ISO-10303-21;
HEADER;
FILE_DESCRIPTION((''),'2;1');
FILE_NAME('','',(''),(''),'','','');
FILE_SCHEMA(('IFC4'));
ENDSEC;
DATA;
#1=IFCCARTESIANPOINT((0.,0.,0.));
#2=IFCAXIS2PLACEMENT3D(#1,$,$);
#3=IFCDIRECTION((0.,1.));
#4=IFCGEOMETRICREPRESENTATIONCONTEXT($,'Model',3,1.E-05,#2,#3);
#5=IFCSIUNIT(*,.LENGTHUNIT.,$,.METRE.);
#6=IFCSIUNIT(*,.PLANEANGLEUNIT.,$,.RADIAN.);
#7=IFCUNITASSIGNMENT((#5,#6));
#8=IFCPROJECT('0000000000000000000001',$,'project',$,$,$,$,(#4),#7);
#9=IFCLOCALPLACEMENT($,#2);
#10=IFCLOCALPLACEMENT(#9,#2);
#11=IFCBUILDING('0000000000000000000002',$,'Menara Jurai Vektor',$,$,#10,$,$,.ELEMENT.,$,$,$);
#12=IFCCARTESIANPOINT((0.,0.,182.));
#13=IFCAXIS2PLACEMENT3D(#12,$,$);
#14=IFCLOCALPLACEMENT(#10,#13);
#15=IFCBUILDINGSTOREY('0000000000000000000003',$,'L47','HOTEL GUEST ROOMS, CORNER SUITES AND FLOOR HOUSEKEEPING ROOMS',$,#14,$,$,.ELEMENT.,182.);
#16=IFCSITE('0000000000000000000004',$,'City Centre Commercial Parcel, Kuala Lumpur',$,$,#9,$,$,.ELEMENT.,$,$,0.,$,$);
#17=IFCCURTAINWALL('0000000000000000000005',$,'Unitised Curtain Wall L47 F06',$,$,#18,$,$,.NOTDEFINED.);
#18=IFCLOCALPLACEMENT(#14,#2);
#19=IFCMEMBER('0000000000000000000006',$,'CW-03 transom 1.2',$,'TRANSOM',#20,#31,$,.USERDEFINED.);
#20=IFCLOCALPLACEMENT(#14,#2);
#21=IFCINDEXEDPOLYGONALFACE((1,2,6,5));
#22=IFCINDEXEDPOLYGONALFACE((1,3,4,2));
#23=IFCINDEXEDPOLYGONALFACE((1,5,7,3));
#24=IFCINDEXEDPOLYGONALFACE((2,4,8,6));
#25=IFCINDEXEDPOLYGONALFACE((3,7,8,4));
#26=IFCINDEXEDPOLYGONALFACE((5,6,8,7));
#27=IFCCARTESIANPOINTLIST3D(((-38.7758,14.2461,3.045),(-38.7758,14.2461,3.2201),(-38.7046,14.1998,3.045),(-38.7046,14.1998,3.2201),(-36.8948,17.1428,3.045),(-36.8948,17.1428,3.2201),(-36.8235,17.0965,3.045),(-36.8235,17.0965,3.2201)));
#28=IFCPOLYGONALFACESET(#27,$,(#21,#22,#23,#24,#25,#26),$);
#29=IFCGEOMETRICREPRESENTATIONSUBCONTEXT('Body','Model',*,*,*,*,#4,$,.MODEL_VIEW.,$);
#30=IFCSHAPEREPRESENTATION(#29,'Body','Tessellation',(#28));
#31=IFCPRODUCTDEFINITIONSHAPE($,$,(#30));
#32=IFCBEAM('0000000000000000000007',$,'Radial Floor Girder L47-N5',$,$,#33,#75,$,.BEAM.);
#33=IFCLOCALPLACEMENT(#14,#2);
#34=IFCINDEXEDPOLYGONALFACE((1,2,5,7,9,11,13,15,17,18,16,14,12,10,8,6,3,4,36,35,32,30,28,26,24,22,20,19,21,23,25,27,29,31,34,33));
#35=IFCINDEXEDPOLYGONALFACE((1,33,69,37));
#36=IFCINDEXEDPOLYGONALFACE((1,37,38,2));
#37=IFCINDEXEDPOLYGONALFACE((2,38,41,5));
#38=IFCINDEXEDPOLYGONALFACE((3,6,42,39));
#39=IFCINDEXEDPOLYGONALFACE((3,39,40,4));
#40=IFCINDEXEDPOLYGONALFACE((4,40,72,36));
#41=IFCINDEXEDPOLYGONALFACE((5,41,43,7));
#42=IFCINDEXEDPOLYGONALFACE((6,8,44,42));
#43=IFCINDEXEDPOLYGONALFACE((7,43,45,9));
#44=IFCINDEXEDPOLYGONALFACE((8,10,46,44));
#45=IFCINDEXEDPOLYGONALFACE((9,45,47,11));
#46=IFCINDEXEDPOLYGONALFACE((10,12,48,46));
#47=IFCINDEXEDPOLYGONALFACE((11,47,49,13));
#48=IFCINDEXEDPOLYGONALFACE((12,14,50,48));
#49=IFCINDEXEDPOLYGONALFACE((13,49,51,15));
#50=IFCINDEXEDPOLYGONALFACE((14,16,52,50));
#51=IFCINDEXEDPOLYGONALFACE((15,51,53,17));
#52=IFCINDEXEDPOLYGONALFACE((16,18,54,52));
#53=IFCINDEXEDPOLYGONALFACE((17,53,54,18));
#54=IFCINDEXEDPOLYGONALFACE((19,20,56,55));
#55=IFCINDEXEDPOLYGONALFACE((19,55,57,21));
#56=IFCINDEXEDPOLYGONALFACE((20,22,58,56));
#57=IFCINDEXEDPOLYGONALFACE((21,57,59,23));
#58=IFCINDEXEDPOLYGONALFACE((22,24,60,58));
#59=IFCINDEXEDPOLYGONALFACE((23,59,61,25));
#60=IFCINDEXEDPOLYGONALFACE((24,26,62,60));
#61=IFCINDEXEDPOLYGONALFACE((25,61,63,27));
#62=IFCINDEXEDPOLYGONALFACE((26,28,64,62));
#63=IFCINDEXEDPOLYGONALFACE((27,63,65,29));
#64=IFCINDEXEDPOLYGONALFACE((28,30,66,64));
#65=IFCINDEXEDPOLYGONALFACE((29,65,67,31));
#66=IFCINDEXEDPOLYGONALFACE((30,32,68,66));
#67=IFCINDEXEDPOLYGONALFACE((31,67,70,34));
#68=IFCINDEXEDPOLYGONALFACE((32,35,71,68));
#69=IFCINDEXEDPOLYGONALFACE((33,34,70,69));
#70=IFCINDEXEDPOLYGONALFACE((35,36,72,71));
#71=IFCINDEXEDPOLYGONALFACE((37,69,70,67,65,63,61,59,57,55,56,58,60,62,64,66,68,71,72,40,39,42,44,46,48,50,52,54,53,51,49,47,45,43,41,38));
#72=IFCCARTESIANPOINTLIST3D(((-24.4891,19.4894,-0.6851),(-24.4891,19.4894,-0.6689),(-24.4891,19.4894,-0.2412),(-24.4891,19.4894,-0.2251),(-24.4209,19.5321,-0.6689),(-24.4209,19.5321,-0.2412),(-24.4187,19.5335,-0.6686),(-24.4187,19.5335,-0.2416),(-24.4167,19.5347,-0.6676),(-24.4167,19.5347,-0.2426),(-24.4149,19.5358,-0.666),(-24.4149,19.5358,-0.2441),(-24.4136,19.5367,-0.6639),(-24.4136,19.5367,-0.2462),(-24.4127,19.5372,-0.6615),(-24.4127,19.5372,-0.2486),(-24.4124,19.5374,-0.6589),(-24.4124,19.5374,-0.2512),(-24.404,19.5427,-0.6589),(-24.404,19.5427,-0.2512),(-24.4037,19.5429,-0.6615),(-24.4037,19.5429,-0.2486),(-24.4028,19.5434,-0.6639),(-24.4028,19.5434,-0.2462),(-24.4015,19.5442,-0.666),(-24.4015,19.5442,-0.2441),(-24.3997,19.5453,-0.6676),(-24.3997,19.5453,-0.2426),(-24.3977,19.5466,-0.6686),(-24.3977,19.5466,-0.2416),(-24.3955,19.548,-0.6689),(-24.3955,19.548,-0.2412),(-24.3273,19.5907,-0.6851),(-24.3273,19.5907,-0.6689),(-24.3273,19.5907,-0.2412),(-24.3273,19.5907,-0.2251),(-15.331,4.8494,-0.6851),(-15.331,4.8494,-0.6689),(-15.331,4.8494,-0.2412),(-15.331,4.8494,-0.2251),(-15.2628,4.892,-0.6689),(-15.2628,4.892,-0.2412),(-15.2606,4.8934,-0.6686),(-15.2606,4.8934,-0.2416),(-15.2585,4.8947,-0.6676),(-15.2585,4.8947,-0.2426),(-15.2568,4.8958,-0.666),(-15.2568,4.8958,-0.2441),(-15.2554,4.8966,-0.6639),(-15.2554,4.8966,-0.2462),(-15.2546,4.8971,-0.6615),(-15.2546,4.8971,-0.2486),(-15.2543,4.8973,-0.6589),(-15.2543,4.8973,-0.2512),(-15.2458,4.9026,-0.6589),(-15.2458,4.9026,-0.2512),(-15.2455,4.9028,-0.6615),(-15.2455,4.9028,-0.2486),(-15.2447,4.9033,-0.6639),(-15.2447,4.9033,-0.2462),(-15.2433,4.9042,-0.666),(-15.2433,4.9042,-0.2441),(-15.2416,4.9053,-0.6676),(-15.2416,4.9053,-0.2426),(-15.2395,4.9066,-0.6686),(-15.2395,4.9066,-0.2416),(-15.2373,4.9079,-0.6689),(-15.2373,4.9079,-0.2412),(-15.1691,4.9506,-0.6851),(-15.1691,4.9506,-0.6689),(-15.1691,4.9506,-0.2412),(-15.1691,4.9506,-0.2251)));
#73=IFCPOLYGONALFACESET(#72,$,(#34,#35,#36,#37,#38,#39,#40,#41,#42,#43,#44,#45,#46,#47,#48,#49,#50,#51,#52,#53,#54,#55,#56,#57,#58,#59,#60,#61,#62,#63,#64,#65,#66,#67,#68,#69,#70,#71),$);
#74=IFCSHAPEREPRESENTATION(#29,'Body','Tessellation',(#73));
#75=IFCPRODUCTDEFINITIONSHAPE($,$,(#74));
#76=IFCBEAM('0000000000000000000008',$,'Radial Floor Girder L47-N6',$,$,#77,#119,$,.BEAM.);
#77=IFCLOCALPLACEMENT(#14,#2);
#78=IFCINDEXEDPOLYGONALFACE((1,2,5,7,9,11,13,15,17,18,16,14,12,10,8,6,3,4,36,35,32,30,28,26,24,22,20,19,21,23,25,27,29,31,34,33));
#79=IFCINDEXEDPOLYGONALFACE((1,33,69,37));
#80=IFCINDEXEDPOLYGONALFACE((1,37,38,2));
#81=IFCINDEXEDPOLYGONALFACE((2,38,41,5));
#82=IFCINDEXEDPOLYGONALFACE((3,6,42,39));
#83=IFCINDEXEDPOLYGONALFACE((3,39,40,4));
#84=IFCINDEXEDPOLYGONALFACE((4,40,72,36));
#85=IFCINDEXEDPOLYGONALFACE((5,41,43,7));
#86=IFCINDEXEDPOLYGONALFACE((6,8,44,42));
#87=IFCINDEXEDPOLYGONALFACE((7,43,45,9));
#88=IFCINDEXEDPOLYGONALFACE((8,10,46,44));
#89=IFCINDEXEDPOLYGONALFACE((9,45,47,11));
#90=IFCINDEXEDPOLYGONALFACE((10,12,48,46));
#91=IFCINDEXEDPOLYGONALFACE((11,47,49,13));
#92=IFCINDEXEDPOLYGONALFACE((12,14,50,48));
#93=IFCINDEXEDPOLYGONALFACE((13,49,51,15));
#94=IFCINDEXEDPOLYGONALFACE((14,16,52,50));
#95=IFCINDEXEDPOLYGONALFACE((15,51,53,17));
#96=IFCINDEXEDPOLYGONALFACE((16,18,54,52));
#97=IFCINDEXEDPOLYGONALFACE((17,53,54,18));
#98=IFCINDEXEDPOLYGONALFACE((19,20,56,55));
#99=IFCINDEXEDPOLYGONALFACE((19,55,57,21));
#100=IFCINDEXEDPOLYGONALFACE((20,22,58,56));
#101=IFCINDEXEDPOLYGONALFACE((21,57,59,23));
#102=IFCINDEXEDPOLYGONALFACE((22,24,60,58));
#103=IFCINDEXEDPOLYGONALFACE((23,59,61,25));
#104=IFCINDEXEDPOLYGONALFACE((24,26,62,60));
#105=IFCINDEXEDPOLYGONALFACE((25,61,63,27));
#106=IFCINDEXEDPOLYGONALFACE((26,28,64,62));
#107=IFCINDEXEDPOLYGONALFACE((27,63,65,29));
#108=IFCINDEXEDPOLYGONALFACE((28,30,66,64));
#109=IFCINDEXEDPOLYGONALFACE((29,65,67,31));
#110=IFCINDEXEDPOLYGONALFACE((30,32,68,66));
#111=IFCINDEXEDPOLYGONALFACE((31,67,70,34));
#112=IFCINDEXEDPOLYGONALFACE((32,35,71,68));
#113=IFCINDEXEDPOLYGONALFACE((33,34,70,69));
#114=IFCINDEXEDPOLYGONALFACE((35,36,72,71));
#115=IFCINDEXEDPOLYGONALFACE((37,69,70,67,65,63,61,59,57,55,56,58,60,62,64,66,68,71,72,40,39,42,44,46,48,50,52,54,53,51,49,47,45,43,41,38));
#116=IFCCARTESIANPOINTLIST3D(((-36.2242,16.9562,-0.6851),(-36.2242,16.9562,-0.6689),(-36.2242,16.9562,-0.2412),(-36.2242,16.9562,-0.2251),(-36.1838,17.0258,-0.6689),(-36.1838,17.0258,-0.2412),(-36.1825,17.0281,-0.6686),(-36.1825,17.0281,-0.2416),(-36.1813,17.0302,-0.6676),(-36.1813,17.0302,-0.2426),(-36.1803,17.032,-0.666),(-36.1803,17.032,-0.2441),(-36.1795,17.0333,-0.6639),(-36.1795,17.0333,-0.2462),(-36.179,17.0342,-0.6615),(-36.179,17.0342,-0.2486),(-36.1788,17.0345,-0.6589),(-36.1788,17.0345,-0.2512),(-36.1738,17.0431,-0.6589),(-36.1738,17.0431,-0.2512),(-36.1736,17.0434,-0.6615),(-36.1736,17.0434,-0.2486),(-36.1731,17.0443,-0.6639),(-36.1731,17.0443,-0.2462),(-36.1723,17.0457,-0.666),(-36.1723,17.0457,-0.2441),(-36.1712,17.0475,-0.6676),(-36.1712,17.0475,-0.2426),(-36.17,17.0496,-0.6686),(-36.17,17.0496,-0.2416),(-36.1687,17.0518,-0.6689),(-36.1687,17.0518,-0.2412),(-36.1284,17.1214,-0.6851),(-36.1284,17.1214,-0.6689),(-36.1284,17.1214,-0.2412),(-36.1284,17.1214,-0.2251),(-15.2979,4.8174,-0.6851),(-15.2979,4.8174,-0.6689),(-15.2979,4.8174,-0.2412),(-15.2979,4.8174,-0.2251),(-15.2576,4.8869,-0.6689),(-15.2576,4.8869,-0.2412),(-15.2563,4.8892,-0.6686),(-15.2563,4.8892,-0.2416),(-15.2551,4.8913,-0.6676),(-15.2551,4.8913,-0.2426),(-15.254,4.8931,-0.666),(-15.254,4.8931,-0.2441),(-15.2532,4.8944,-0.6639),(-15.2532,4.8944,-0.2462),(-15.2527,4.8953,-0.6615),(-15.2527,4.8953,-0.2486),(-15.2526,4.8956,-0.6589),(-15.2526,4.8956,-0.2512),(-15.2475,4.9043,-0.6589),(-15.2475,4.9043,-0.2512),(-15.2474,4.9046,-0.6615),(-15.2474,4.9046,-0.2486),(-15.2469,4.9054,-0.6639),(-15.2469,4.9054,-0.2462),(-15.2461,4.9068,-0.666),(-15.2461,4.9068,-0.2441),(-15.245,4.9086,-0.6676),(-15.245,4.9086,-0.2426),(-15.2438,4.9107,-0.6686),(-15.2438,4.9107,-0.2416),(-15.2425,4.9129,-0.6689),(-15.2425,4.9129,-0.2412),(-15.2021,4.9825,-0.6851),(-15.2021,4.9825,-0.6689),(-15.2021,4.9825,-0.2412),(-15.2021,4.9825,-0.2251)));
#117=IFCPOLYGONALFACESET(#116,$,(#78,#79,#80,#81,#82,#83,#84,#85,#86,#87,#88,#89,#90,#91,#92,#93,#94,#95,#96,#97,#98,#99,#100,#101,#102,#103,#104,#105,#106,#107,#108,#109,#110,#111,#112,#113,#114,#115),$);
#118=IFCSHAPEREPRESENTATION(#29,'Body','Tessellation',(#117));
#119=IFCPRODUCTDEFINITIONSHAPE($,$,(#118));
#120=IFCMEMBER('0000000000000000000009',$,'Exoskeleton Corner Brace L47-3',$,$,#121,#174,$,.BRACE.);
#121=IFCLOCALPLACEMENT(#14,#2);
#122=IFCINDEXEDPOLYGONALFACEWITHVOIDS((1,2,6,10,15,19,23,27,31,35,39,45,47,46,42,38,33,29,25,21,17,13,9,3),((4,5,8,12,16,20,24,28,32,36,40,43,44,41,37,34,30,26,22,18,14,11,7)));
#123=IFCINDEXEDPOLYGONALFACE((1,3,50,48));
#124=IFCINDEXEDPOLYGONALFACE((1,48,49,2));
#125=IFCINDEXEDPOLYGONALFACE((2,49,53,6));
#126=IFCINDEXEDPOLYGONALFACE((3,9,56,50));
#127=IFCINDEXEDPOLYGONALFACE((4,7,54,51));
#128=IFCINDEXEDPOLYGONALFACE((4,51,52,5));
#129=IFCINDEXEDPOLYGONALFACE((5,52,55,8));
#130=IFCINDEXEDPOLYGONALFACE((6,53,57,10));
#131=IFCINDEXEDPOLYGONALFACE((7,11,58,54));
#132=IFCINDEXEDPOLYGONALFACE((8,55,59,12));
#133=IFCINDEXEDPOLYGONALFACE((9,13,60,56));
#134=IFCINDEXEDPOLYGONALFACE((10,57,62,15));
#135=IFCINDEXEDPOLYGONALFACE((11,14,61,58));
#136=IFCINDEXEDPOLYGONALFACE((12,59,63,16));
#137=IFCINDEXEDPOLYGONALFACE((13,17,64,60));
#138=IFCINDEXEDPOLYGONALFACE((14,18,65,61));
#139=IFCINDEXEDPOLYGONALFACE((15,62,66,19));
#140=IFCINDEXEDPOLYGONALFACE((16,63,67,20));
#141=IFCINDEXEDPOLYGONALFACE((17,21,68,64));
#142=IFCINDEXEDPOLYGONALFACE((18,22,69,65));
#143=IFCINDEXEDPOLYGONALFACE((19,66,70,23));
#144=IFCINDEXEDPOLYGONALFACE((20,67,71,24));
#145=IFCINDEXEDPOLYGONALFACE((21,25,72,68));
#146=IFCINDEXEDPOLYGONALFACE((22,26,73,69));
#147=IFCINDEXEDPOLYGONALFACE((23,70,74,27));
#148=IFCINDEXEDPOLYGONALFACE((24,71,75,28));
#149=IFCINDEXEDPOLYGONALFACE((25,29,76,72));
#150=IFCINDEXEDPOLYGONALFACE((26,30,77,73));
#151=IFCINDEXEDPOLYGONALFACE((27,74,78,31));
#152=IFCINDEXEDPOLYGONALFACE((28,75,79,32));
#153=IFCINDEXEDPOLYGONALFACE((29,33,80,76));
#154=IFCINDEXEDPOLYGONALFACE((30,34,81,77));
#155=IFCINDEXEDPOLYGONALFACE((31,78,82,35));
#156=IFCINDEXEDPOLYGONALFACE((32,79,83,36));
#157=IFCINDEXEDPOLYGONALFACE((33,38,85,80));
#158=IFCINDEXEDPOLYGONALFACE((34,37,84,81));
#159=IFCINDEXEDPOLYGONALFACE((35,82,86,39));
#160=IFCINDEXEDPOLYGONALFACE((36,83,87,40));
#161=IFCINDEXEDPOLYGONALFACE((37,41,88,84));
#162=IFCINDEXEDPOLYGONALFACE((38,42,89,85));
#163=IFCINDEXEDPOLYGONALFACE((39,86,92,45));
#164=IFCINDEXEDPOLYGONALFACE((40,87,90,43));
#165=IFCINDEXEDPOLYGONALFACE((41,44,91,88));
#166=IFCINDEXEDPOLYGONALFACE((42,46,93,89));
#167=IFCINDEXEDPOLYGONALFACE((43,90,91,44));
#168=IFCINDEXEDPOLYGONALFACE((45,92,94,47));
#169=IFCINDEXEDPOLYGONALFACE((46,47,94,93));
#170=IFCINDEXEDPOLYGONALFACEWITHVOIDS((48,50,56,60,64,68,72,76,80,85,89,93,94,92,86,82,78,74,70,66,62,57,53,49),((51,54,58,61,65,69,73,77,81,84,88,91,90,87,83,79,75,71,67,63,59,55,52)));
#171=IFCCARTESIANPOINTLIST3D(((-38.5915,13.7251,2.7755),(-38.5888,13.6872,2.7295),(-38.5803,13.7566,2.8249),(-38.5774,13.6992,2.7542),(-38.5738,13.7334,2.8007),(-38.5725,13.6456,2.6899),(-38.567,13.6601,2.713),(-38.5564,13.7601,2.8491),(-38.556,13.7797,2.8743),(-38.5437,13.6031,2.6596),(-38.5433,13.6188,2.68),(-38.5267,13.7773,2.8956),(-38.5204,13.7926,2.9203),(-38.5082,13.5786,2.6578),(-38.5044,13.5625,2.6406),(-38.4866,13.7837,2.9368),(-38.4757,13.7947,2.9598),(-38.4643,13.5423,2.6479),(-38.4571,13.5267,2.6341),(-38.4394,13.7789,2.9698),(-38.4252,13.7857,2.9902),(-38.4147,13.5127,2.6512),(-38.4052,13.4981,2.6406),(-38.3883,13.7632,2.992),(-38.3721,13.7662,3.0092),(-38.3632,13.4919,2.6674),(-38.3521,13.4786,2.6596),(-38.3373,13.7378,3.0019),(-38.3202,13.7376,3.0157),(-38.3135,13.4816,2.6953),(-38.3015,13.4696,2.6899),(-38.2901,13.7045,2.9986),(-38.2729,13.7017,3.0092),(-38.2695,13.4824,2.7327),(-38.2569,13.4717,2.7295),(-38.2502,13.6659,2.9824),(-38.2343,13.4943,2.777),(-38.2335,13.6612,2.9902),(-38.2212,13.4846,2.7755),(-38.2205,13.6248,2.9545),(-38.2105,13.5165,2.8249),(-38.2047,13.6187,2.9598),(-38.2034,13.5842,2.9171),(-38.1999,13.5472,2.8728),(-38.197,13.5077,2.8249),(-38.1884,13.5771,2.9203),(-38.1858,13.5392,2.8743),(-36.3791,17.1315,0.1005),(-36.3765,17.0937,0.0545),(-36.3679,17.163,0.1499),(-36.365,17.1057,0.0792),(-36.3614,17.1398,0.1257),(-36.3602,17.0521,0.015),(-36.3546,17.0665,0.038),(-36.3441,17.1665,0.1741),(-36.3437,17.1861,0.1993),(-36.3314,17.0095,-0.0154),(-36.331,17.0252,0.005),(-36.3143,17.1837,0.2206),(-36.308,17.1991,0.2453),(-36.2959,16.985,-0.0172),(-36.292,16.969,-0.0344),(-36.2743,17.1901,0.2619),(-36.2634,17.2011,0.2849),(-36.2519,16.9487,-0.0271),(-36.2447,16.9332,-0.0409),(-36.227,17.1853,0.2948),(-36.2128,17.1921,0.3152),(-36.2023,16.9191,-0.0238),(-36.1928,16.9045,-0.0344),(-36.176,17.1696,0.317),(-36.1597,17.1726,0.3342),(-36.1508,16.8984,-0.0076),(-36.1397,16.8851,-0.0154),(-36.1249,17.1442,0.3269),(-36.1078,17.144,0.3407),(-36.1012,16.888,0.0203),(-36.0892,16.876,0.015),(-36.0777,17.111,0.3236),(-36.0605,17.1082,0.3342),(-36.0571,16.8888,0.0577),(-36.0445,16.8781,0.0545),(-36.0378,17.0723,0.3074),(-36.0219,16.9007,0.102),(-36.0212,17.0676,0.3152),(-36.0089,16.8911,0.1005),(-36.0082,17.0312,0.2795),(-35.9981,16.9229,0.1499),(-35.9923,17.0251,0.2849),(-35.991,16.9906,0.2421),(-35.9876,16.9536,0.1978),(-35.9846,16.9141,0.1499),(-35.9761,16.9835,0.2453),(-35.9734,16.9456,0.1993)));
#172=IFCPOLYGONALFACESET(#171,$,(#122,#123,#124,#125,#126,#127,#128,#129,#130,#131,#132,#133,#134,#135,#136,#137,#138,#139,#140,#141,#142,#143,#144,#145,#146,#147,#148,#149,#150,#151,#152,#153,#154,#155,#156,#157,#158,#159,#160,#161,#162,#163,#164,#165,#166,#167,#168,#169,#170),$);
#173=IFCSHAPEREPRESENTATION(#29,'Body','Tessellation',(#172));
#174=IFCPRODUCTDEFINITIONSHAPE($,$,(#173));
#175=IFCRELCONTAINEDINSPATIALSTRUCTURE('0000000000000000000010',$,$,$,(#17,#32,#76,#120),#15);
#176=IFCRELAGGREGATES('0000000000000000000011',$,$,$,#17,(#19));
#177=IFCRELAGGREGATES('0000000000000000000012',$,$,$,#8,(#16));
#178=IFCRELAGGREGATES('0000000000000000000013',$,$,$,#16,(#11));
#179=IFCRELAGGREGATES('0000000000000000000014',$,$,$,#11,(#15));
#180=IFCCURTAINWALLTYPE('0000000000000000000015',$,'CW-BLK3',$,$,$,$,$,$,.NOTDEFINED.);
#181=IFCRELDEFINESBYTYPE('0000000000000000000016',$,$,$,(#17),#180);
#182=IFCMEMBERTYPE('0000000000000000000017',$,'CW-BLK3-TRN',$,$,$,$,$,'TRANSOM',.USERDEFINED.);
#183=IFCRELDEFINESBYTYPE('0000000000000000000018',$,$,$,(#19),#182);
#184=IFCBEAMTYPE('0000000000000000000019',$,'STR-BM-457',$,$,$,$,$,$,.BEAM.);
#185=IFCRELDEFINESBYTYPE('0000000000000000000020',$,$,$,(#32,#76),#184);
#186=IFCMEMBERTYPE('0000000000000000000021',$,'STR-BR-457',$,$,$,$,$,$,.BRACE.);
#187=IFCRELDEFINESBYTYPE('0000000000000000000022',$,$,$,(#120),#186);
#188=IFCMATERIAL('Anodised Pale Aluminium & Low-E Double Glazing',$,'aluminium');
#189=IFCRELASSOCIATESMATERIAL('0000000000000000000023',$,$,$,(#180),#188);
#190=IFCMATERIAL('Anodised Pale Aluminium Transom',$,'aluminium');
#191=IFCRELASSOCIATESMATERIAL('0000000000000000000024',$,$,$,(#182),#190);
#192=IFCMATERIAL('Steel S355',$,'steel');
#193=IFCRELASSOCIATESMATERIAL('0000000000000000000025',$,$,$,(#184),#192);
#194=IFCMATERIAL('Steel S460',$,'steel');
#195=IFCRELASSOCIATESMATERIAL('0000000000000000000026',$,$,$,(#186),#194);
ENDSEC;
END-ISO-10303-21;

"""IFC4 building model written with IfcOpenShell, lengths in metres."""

from ifc_helpers import new_model, si_unit, direction, frame, origin, origin_2d, place, context, subcontext, project, spatial, rectangle, hollow_circle, i_section, extrude, material, material_profile, profile_set, type_object, element, aggregate, save


model = new_model("IFC4")

# Units and contexts
model_context = context("Model", 3, precision=1e-05, world=origin(), true_north=direction((0.0, 1.0)))
body_context = subcontext(model_context, "Body", "Model", "MODEL_VIEW")
ifc_project = project(units=[si_unit("LENGTHUNIT", "METRE"), si_unit("PLANEANGLEUNIT", "RADIAN")], contexts=[model_context])

# Site, building, storey
site_placement = place(None, origin())
site = spatial("IfcSite", under=ifc_project, at=site_placement, Name="City Centre Commercial Parcel, Kuala Lumpur", CompositionType="ELEMENT", RefElevation=0.0)
building_placement = place(site_placement, origin())
building = spatial("IfcBuilding", under=site, at=building_placement, Name="Menara Jurai Vektor", CompositionType="ELEMENT")
storey_placement = place(building_placement, frame((0.0, 0.0, 182.0)))
storey = spatial("IfcBuildingStorey", under=building, at=storey_placement, Name="L47", Description="HOTEL GUEST ROOMS, CORNER SUITES AND FLOOR HOUSEKEEPING ROOMS", CompositionType="ELEMENT", Elevation=182.0)

# Shared definitions
ifc_material_1 = material(Name="Steel S460", Category="steel")

# Curtain wall
ifc_material_2 = material(Name="Anodised Pale Aluminium & Low-E Double Glazing", Category="aluminium")
curtain_wall_type = type_object("IfcCurtainWallType", Name="CW-BLK3", PredefinedType="NOTDEFINED", material=ifc_material_2)
curtain_wall_1_placement = place(storey_placement, origin())
curtain_wall_1 = element("IfcCurtainWall", 1, at=curtain_wall_1_placement, inside=storey, type_object=curtain_wall_type, Name="Unitised Curtain Wall L47 F06", PredefinedType="NOTDEFINED")

# Member
ifc_material_3 = material(Name="Anodised Pale Aluminium Transom", Category="aluminium")
ifc_material_profile_1 = material_profile(ifc_material_3, rectangle(XDim=0.085, YDim=0.175, at=origin_2d()), Name="ALU TRN 85x175")
ifc_profile_set_1 = profile_set([ifc_material_profile_1], Name="Anodised Pale Aluminium Transom")
member_type_1 = type_object("IfcMemberType", Name="CW-BLK3-TRN", ElementType="TRANSOM", PredefinedType="USERDEFINED", material=ifc_profile_set_1)
member_1_placement = place(storey_placement, frame((-36.8591, 17.1196, 3.1326), z_axis=(-0.544628, -0.838678, 0.0), x_axis=(0.838678, -0.544628, 0.0)))
member_1 = element("IfcMember", 2, at=member_1_placement, type_object=member_type_1, Name="CW-03 transom 1.2", ObjectType="TRANSOM", PredefinedType="USERDEFINED", context=body_context, shape_type="SweptSolid", body=[
    extrude(rectangle(XDim=0.085, YDim=0.175, at=origin_2d()), origin(), (0.0, 0.0, 1.0), 3.4539),
])

# Beams
ifc_material_4 = material(Name="Steel S355", Category="steel")
ifc_material_profile_2 = material_profile(ifc_material_4, i_section(OverallWidth=0.1909, OverallDepth=0.46, WebThickness=0.01, FlangeThickness=0.0161, FilletRadius=0.01, at=origin_2d()), Name="UKB 457x191x82")
ifc_profile_set_2 = profile_set([ifc_material_profile_2], Name="Steel S355")
beam_type_1 = type_object("IfcBeamType", Name="STR-BM-457", PredefinedType="BEAM", material=ifc_profile_set_2)
beam_1_placement = place(storey_placement, frame((-24.4082, 19.54, -0.4551), z_axis=(0.530337, -0.847787, 0.0), x_axis=(0.847787, 0.530337, 0.0)))
element("IfcBeam", 3, at=beam_1_placement, inside=storey, type_object=beam_type_1, Name="Radial Floor Girder L47-N5", PredefinedType="BEAM", context=body_context, shape_type="SweptSolid", body=[
    extrude(i_section(OverallWidth=0.1909, OverallDepth=0.46, WebThickness=0.01, FlangeThickness=0.0161, FilletRadius=0.01, at=origin_2d()), origin(), (0.0, 0.0, 1.0), 17.2686),
])
beam_2_placement = place(storey_placement, frame((-36.1763, 17.0388, -0.4551), z_axis=(0.865001, -0.50177, 0.0), x_axis=(0.50177, 0.865001, 0.0)))
element("IfcBeam", 4, at=beam_2_placement, inside=storey, type_object=beam_type_1, Name="Radial Floor Girder L47-N6", PredefinedType="BEAM", context=body_context, shape_type="SweptSolid", body=[
    extrude(i_section(OverallWidth=0.1909, OverallDepth=0.46, WebThickness=0.01, FlangeThickness=0.0161, FilletRadius=0.01, at=origin_2d()), origin(), (0.0, 0.0, 1.0), 24.1921),
])

# Member
ifc_material_profile_3 = material_profile(ifc_material_1, hollow_circle(Radius=0.2285, WallThickness=0.0161, at=origin_2d()), Name="CHS 457x16")
ifc_profile_set_3 = profile_set([ifc_material_profile_3], Name="Steel S460")
member_type_2 = type_object("IfcMemberType", Name="STR-BR-457", PredefinedType="BRACE", material=ifc_profile_set_3)
member_2_placement = place(storey_placement, frame((-36.1763, 17.0386, 0.1499), z_axis=(-0.454888, -0.700403, 0.550012), x_axis=(0.838648, -0.544674, 0.0)))
element("IfcMember", 5, at=member_2_placement, inside=storey, type_object=member_type_2, Name="Exoskeleton Corner Brace L47-3", PredefinedType="BRACE", context=body_context, shape_type="SweptSolid", body=[
    extrude(hollow_circle(Radius=0.2285, WallThickness=0.0161, at=origin_2d()), origin(), (0.0, 0.0, 1.0), 4.8635),
])

aggregate(curtain_wall_1, [member_1])

save(model, "model.ifc")
